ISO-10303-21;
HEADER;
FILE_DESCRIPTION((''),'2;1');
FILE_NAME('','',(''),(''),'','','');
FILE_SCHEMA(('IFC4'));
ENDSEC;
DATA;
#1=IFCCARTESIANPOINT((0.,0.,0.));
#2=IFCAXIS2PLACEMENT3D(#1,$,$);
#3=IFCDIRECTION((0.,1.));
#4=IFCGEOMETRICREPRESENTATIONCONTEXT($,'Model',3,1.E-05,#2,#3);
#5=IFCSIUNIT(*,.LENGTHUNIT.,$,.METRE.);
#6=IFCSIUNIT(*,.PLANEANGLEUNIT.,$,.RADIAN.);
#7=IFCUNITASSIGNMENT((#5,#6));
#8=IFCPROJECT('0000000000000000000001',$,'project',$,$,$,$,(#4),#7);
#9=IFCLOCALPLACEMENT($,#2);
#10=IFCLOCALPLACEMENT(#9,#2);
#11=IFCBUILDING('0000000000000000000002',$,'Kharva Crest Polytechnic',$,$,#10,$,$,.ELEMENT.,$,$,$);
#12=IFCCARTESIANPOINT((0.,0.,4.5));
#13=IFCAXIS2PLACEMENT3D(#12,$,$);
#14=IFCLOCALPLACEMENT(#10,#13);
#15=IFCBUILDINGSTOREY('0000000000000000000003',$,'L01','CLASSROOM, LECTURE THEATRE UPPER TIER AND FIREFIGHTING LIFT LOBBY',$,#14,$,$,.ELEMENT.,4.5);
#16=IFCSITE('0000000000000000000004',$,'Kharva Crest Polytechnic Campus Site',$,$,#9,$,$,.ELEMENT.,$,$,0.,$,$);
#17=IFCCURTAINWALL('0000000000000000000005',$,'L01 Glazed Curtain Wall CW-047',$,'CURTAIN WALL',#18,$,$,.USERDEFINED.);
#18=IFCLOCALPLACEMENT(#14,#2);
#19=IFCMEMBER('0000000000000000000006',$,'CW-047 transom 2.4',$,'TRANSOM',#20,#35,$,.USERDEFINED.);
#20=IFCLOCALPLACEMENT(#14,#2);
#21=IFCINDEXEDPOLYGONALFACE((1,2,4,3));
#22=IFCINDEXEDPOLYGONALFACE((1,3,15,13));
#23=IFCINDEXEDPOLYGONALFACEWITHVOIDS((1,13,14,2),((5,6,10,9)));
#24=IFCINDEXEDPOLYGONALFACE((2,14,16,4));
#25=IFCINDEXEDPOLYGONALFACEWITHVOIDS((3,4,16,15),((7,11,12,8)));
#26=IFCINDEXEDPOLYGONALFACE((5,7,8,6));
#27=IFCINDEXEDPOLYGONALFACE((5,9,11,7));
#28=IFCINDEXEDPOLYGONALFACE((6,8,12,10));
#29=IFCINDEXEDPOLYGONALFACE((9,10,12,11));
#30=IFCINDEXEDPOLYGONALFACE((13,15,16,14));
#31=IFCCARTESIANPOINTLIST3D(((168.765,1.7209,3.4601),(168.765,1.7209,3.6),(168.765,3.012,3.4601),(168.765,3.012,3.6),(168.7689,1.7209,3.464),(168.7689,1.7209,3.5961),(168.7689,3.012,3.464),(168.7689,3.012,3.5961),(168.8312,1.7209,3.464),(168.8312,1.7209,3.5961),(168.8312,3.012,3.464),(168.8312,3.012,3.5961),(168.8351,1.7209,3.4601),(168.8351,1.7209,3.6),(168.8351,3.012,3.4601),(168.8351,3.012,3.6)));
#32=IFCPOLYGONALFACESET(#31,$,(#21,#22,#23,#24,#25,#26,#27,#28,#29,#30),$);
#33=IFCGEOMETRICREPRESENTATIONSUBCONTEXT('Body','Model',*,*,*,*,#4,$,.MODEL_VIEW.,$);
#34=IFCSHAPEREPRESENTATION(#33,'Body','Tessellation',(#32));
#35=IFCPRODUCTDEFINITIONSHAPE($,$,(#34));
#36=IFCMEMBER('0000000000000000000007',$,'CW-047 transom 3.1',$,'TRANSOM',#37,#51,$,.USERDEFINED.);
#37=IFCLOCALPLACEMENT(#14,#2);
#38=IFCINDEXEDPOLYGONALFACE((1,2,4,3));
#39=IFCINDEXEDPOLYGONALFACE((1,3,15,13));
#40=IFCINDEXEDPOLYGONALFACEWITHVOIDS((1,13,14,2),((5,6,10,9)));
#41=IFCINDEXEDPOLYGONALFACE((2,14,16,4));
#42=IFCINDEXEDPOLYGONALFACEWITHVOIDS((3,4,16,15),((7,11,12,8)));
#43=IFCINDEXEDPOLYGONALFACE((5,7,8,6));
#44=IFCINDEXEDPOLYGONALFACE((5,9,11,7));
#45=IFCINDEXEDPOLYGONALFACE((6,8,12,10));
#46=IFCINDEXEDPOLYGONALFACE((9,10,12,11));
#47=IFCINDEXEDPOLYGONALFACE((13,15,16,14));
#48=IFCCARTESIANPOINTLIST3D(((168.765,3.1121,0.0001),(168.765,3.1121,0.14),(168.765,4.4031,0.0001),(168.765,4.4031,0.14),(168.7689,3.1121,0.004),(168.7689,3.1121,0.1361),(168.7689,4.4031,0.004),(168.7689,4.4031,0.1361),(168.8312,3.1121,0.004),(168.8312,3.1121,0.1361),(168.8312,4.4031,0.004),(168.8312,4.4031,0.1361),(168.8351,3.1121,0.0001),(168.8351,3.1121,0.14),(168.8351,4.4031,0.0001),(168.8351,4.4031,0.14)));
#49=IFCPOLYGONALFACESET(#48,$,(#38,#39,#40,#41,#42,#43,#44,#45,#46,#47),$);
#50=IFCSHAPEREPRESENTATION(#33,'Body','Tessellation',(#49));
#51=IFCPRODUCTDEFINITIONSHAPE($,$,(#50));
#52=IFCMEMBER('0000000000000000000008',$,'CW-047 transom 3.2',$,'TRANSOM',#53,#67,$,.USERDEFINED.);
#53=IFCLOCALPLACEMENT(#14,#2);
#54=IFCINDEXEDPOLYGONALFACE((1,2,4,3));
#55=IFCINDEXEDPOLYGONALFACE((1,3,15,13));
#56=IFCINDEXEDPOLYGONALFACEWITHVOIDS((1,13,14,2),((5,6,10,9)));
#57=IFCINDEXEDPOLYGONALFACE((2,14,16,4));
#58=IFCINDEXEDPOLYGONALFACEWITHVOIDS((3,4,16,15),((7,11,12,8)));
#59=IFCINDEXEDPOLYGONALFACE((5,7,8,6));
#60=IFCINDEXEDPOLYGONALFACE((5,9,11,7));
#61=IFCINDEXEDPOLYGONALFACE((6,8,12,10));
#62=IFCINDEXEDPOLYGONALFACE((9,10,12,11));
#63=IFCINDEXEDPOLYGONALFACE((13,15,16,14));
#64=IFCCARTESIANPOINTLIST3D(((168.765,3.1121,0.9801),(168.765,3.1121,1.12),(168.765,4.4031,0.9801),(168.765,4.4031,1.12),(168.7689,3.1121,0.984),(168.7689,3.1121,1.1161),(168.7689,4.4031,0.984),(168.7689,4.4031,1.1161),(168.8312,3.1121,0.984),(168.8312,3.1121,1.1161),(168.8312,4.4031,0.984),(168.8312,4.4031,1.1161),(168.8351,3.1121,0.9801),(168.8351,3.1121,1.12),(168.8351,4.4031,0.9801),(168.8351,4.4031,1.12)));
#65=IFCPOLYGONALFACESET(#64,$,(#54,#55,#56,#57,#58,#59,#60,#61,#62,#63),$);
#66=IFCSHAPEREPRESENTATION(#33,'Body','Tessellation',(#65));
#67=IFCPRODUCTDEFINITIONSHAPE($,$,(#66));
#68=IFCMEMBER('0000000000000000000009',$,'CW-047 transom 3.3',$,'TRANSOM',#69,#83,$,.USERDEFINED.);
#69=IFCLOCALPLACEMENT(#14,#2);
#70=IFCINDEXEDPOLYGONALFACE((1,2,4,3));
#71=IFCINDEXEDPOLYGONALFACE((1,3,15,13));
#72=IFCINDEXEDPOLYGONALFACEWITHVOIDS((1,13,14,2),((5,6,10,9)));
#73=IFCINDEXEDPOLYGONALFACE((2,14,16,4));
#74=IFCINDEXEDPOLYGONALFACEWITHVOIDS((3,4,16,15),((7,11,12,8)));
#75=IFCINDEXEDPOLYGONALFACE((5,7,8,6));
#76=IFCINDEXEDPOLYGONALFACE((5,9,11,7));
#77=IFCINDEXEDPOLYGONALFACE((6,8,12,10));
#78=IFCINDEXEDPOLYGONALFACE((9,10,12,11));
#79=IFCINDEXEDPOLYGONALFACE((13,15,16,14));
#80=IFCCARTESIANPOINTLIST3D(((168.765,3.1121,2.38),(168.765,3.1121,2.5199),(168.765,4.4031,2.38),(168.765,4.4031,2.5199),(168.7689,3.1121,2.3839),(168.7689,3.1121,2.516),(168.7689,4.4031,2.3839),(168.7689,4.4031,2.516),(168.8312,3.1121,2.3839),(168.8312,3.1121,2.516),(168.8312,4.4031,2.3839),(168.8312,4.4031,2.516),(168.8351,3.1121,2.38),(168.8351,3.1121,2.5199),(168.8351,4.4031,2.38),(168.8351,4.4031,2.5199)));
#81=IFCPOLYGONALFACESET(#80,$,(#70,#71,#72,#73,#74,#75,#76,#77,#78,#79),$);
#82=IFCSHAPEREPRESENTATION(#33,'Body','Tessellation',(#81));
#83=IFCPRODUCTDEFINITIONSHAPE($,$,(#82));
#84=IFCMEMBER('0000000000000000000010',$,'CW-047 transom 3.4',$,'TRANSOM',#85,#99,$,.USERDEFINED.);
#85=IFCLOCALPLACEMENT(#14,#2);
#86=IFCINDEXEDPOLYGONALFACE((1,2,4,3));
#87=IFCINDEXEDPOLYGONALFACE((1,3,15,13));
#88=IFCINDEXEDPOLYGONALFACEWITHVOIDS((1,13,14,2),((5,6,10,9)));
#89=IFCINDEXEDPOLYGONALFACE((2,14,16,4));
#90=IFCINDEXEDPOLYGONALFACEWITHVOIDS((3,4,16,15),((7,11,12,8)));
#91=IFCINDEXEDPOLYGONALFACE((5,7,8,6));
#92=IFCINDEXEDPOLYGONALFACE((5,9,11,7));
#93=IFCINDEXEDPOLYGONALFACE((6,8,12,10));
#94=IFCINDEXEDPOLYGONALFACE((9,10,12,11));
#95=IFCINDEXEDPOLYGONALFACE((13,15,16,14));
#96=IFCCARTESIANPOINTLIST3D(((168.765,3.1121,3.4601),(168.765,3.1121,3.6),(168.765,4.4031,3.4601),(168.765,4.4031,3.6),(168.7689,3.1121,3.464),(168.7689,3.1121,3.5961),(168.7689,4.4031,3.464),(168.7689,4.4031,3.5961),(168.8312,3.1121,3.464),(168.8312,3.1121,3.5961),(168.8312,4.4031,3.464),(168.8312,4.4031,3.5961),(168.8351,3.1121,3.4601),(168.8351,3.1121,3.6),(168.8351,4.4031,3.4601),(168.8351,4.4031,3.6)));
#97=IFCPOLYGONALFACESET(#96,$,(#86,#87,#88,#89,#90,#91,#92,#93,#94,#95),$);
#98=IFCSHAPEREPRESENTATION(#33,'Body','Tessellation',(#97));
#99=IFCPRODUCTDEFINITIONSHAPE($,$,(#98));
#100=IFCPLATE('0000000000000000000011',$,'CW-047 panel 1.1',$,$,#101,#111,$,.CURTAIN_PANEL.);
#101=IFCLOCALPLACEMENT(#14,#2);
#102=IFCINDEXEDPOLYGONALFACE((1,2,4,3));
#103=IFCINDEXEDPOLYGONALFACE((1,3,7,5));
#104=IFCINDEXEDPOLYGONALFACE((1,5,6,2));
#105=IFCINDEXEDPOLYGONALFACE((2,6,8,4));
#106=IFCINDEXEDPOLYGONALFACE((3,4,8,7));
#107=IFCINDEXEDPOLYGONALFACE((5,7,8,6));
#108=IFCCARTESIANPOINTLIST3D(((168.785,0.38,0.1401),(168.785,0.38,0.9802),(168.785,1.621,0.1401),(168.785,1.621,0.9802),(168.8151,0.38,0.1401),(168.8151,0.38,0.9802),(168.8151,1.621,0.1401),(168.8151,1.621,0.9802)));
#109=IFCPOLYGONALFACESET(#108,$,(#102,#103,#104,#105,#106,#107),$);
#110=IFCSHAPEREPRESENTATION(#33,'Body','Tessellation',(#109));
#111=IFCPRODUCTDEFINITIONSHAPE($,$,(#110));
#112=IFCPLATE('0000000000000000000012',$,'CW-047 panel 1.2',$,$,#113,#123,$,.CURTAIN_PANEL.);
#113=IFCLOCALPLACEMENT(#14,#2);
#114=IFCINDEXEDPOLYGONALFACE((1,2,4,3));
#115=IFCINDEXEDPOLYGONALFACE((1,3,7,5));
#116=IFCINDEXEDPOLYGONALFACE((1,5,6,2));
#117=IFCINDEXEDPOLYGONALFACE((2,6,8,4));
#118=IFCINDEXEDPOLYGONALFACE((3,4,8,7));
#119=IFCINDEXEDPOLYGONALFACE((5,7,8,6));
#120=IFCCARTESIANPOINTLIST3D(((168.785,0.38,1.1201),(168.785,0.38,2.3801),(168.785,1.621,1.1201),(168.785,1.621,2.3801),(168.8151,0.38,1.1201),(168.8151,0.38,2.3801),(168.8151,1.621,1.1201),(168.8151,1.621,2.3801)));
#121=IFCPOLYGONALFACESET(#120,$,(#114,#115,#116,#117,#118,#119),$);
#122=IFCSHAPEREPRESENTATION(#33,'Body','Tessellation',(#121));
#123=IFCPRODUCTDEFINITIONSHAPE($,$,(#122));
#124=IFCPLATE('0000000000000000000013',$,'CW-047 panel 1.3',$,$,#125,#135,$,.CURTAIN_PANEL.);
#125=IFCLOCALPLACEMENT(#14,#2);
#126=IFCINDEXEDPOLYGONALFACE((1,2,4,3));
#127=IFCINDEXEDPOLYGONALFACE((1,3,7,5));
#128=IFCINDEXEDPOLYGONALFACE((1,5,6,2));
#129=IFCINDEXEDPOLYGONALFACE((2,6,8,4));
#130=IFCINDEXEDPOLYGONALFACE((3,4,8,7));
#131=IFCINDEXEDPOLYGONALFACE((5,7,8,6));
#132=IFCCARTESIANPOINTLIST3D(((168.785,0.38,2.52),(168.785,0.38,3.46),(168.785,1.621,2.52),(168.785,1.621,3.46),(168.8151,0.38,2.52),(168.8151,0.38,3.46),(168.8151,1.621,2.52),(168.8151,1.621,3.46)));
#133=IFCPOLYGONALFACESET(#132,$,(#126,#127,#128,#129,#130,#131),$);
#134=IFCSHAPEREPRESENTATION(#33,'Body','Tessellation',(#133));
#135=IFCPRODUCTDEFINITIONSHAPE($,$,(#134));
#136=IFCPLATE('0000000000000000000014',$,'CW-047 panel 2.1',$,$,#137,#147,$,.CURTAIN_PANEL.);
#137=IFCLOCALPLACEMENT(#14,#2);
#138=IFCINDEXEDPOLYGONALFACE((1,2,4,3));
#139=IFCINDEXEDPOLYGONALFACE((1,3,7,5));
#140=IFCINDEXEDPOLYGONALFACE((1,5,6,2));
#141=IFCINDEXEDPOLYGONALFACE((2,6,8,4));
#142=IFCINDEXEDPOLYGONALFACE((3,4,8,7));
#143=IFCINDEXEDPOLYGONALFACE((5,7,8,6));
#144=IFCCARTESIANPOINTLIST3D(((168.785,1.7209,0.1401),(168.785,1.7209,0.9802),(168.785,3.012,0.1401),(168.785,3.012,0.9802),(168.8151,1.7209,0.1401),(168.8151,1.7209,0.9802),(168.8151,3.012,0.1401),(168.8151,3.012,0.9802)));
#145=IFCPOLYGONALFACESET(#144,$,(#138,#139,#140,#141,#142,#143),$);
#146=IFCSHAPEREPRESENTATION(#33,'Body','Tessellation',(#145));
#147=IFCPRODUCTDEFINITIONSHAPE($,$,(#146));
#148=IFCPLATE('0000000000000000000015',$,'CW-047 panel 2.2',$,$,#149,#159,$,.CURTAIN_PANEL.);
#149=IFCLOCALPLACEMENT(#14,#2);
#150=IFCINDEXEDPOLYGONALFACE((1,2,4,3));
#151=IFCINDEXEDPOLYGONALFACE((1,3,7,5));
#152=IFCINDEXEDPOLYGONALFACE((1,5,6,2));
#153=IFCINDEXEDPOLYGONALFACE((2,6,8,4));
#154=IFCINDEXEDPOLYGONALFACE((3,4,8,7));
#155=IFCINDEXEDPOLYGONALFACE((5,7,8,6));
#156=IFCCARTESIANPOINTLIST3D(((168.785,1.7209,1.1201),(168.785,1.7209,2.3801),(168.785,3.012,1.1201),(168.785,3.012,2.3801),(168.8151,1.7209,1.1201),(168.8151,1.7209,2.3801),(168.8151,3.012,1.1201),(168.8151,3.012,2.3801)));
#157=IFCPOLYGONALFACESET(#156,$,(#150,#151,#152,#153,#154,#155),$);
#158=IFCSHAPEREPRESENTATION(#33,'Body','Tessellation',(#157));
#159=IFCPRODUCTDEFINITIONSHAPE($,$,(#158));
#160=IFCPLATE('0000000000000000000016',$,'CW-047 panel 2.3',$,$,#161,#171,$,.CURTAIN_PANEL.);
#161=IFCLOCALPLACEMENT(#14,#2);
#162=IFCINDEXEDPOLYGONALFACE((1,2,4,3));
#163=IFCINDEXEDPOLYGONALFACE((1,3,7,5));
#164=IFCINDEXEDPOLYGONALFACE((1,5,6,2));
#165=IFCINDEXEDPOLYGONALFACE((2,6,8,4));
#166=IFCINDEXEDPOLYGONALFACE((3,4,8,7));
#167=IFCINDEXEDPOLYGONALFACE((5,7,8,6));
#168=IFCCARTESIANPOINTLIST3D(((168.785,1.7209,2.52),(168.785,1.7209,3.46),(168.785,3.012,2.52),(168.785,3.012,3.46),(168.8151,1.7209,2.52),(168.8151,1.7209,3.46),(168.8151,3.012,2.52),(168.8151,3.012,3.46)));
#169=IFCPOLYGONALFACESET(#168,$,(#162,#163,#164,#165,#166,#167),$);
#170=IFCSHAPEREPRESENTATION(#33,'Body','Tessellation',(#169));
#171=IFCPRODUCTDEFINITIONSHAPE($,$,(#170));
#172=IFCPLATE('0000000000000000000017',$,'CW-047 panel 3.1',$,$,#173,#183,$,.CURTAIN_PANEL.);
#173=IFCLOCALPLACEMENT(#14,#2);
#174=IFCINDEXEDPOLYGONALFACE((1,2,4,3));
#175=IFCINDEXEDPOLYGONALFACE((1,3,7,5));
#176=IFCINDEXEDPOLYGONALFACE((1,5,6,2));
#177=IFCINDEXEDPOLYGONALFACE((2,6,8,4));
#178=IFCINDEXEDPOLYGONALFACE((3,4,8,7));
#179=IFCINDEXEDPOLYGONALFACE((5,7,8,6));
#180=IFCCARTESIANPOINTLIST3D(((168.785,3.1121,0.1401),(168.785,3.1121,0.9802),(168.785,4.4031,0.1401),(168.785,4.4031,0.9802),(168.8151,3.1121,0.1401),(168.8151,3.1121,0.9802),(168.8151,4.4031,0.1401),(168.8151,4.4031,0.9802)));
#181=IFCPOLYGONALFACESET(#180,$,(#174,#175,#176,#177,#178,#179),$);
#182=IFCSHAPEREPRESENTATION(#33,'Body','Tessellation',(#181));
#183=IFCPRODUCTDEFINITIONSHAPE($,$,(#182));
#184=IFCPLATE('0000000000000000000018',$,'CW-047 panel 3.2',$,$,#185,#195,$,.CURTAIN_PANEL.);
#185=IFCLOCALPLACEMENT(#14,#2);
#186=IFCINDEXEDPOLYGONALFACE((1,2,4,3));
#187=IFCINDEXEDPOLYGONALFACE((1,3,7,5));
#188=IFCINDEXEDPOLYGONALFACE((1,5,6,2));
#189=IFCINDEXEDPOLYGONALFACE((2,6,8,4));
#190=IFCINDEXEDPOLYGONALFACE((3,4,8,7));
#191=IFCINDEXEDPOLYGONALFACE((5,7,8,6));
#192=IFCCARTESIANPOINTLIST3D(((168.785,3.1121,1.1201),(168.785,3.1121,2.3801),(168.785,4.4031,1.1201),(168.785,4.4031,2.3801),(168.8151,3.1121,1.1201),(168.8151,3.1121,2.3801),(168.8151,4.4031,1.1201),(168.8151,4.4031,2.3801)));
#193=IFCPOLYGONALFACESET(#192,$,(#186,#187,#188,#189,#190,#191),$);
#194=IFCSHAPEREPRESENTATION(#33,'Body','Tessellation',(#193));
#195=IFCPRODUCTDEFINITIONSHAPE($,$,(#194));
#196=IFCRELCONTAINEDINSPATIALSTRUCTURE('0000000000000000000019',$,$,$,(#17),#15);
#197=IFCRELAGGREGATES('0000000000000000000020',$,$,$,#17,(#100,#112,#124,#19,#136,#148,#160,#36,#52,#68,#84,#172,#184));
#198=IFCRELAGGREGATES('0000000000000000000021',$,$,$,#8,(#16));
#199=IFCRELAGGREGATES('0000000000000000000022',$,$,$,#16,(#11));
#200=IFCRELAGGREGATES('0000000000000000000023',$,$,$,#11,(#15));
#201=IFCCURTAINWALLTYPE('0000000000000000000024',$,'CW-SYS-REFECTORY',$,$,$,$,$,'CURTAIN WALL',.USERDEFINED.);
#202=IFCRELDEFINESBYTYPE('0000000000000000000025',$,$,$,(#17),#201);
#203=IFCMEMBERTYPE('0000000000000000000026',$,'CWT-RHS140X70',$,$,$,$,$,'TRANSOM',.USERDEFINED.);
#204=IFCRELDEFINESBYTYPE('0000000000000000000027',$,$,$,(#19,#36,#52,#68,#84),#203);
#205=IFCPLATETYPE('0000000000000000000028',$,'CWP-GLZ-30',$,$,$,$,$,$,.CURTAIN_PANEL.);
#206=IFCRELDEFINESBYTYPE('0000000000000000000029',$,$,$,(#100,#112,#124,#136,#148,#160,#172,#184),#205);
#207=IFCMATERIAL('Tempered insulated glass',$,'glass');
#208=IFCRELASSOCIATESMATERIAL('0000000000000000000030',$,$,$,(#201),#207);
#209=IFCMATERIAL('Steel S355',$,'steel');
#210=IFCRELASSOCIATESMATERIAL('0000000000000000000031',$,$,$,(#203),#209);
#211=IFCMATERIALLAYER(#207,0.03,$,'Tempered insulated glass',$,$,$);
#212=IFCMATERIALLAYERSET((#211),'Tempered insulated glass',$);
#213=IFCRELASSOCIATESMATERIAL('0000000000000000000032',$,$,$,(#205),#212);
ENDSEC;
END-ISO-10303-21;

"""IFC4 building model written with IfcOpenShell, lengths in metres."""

from ifc_helpers import new_model, si_unit, direction, frame, origin, origin_2d, place, context, subcontext, project, spatial, rectangle, hollow_rectangle, extrude, material, layer, layer_set, material_profile, profile_set, type_object, element, aggregate, save


model = new_model("IFC4")

# Units and contexts
model_context = context("Model", 3, precision=1e-05, world=origin(), true_north=direction((0.0, 1.0)))
body_context = subcontext(model_context, "Body", "Model", "MODEL_VIEW")
ifc_project = project(units=[si_unit("LENGTHUNIT", "METRE"), si_unit("PLANEANGLEUNIT", "RADIAN")], contexts=[model_context])

# Site, building, storey
site_placement = place(None, origin())
site = spatial("IfcSite", under=ifc_project, at=site_placement, Name="Kharva Crest Polytechnic Campus Site", CompositionType="ELEMENT", RefElevation=0.0)
building_placement = place(site_placement, origin())
building = spatial("IfcBuilding", under=site, at=building_placement, Name="Kharva Crest Polytechnic", CompositionType="ELEMENT")
storey_placement = place(building_placement, frame((0.0, 0.0, 4.5)))
storey = spatial("IfcBuildingStorey", under=building, at=storey_placement, Name="L01", Description="CLASSROOM, LECTURE THEATRE UPPER TIER AND FIREFIGHTING LIFT LOBBY", CompositionType="ELEMENT", Elevation=4.5)

# Curtain wall, members, plates
ifc_material_1 = material(Name="Tempered insulated glass", Category="glass")
curtain_wall_type = type_object("IfcCurtainWallType", Name="CW-SYS-REFECTORY", ElementType="CURTAIN WALL", PredefinedType="USERDEFINED", material=ifc_material_1)
curtain_wall_placement = place(storey_placement, origin())
curtain_wall = element("IfcCurtainWall", 1, at=curtain_wall_placement, inside=storey, type_object=curtain_wall_type, Name="L01 Glazed Curtain Wall CW-047", ObjectType="CURTAIN WALL", PredefinedType="USERDEFINED")
ifc_material_2 = material(Name="Steel S355", Category="steel")
ifc_material_profile_1 = material_profile(ifc_material_2, hollow_rectangle(XDim=0.0701, YDim=0.1399, WallThickness=0.0039, at=origin_2d()), Name="RHS 140X70X4.0")
ifc_profile_set_1 = profile_set([ifc_material_profile_1], Name="Steel S355")
member_type_1 = type_object("IfcMemberType", Name="CWT-RHS140X70", ElementType="TRANSOM", PredefinedType="USERDEFINED", material=ifc_profile_set_1)
member_1_placement = place(storey_placement, frame((168.8, 1.7209, 3.53), z_axis=(0.0, 1.0, 0.0), x_axis=(-1.0, 0.0, 0.0)))
member_1 = element("IfcMember", 2, at=member_1_placement, type_object=member_type_1, Name="CW-047 transom 2.4", ObjectType="TRANSOM", PredefinedType="USERDEFINED", context=body_context, shape_type="SweptSolid", body=[
    extrude(hollow_rectangle(XDim=0.0701, YDim=0.1399, WallThickness=0.0039, at=origin_2d()), origin(), (0.0, 0.0, 1.0), 1.291),
])
member_2_placement = place(storey_placement, frame((168.8, 3.1121, 0.0701), z_axis=(0.0, 1.0, 0.0), x_axis=(-1.0, 0.0, 0.0)))
member_2 = element("IfcMember", 3, at=member_2_placement, type_object=member_type_1, Name="CW-047 transom 3.1", ObjectType="TRANSOM", PredefinedType="USERDEFINED", context=body_context, shape_type="SweptSolid", body=[
    extrude(hollow_rectangle(XDim=0.0701, YDim=0.1399, WallThickness=0.0039, at=origin_2d()), origin(), (0.0, 0.0, 1.0), 1.291),
])
member_3_placement = place(storey_placement, frame((168.8, 3.1121, 1.05), z_axis=(0.0, 1.0, 0.0), x_axis=(-1.0, 0.0, 0.0)))
member_3 = element("IfcMember", 4, at=member_3_placement, type_object=member_type_1, Name="CW-047 transom 3.2", ObjectType="TRANSOM", PredefinedType="USERDEFINED", context=body_context, shape_type="SweptSolid", body=[
    extrude(hollow_rectangle(XDim=0.0701, YDim=0.1399, WallThickness=0.0039, at=origin_2d()), origin(), (0.0, 0.0, 1.0), 1.291),
])
member_4_placement = place(storey_placement, frame((168.8, 3.1121, 2.45), z_axis=(0.0, 1.0, 0.0), x_axis=(-1.0, 0.0, 0.0)))
member_4 = element("IfcMember", 5, at=member_4_placement, type_object=member_type_1, Name="CW-047 transom 3.3", ObjectType="TRANSOM", PredefinedType="USERDEFINED", context=body_context, shape_type="SweptSolid", body=[
    extrude(hollow_rectangle(XDim=0.0701, YDim=0.1399, WallThickness=0.0039, at=origin_2d()), origin(), (0.0, 0.0, 1.0), 1.291),
])
member_5_placement = place(storey_placement, frame((168.8, 3.1121, 3.53), z_axis=(0.0, 1.0, 0.0), x_axis=(-1.0, 0.0, 0.0)))
member_5 = element("IfcMember", 6, at=member_5_placement, type_object=member_type_1, Name="CW-047 transom 3.4", ObjectType="TRANSOM", PredefinedType="USERDEFINED", context=body_context, shape_type="SweptSolid", body=[
    extrude(hollow_rectangle(XDim=0.0701, YDim=0.1399, WallThickness=0.0039, at=origin_2d()), origin(), (0.0, 0.0, 1.0), 1.291),
])
ifc_layer = layer(ifc_material_1, 0.03, Name="Tempered insulated glass")
ifc_layer_set = layer_set([ifc_layer], Name="Tempered insulated glass")
plate_type = type_object("IfcPlateType", Name="CWP-GLZ-30", PredefinedType="CURTAIN_PANEL", material=ifc_layer_set)
plate_1_placement = place(storey_placement, frame((168.8, 1.0005, 0.1401), z_axis=(0.0, 0.0, 1.0), x_axis=(0.0, 1.0, 0.0)))
plate_1 = element("IfcPlate", 7, at=plate_1_placement, type_object=plate_type, Name="CW-047 panel 1.1", PredefinedType="CURTAIN_PANEL", context=body_context, shape_type="SweptSolid", body=[
    extrude(rectangle(XDim=1.241, YDim=0.03, at=origin_2d()), origin(), (0.0, 0.0, 1.0), 0.8401),
])
plate_2_placement = place(storey_placement, frame((168.8, 1.0005, 1.1201), z_axis=(0.0, 0.0, 1.0), x_axis=(0.0, 1.0, 0.0)))
plate_2 = element("IfcPlate", 8, at=plate_2_placement, type_object=plate_type, Name="CW-047 panel 1.2", PredefinedType="CURTAIN_PANEL", context=body_context, shape_type="SweptSolid", body=[
    extrude(rectangle(XDim=1.241, YDim=0.03, at=origin_2d()), origin(), (0.0, 0.0, 1.0), 1.26),
])
plate_3_placement = place(storey_placement, frame((168.8, 1.0005, 2.52), z_axis=(0.0, 0.0, 1.0), x_axis=(0.0, 1.0, 0.0)))
plate_3 = element("IfcPlate", 9, at=plate_3_placement, type_object=plate_type, Name="CW-047 panel 1.3", PredefinedType="CURTAIN_PANEL", context=body_context, shape_type="SweptSolid", body=[
    extrude(rectangle(XDim=1.241, YDim=0.03, at=origin_2d()), origin(), (0.0, 0.0, 1.0), 0.9399),
])
plate_4_placement = place(storey_placement, frame((168.8, 2.3665, 0.1401), z_axis=(0.0, 0.0, 1.0), x_axis=(0.0, 1.0, 0.0)))
plate_4 = element("IfcPlate", 10, at=plate_4_placement, type_object=plate_type, Name="CW-047 panel 2.1", PredefinedType="CURTAIN_PANEL", context=body_context, shape_type="SweptSolid", body=[
    extrude(rectangle(XDim=1.291, YDim=0.03, at=origin_2d()), origin(), (0.0, 0.0, 1.0), 0.8401),
])
plate_5_placement = place(storey_placement, frame((168.8, 2.3665, 1.1201), z_axis=(0.0, 0.0, 1.0), x_axis=(0.0, 1.0, 0.0)))
plate_5 = element("IfcPlate", 11, at=plate_5_placement, type_object=plate_type, Name="CW-047 panel 2.2", PredefinedType="CURTAIN_PANEL", context=body_context, shape_type="SweptSolid", body=[
    extrude(rectangle(XDim=1.291, YDim=0.03, at=origin_2d()), origin(), (0.0, 0.0, 1.0), 1.26),
])
plate_6_placement = place(storey_placement, frame((168.8, 2.3665, 2.52), z_axis=(0.0, 0.0, 1.0), x_axis=(0.0, 1.0, 0.0)))
plate_6 = element("IfcPlate", 12, at=plate_6_placement, type_object=plate_type, Name="CW-047 panel 2.3", PredefinedType="CURTAIN_PANEL", context=body_context, shape_type="SweptSolid", body=[
    extrude(rectangle(XDim=1.291, YDim=0.03, at=origin_2d()), origin(), (0.0, 0.0, 1.0), 0.9399),
])
plate_7_placement = place(storey_placement, frame((168.8, 3.7576, 0.1401), z_axis=(0.0, 0.0, 1.0), x_axis=(0.0, 1.0, 0.0)))
plate_7 = element("IfcPlate", 13, at=plate_7_placement, type_object=plate_type, Name="CW-047 panel 3.1", PredefinedType="CURTAIN_PANEL", context=body_context, shape_type="SweptSolid", body=[
    extrude(rectangle(XDim=1.291, YDim=0.03, at=origin_2d()), origin(), (0.0, 0.0, 1.0), 0.8401),
])
plate_8_placement = place(storey_placement, frame((168.8, 3.7576, 1.1201), z_axis=(0.0, 0.0, 1.0), x_axis=(0.0, 1.0, 0.0)))
plate_8 = element("IfcPlate", 14, at=plate_8_placement, type_object=plate_type, Name="CW-047 panel 3.2", PredefinedType="CURTAIN_PANEL", context=body_context, shape_type="SweptSolid", body=[
    extrude(rectangle(XDim=1.291, YDim=0.03, at=origin_2d()), origin(), (0.0, 0.0, 1.0), 1.26),
])
aggregate(curtain_wall, [plate_1, plate_2, plate_3, member_1, plate_4, plate_5, plate_6, member_2, member_3, member_4, member_5, plate_7, plate_8])

save(model, "model.ifc")
